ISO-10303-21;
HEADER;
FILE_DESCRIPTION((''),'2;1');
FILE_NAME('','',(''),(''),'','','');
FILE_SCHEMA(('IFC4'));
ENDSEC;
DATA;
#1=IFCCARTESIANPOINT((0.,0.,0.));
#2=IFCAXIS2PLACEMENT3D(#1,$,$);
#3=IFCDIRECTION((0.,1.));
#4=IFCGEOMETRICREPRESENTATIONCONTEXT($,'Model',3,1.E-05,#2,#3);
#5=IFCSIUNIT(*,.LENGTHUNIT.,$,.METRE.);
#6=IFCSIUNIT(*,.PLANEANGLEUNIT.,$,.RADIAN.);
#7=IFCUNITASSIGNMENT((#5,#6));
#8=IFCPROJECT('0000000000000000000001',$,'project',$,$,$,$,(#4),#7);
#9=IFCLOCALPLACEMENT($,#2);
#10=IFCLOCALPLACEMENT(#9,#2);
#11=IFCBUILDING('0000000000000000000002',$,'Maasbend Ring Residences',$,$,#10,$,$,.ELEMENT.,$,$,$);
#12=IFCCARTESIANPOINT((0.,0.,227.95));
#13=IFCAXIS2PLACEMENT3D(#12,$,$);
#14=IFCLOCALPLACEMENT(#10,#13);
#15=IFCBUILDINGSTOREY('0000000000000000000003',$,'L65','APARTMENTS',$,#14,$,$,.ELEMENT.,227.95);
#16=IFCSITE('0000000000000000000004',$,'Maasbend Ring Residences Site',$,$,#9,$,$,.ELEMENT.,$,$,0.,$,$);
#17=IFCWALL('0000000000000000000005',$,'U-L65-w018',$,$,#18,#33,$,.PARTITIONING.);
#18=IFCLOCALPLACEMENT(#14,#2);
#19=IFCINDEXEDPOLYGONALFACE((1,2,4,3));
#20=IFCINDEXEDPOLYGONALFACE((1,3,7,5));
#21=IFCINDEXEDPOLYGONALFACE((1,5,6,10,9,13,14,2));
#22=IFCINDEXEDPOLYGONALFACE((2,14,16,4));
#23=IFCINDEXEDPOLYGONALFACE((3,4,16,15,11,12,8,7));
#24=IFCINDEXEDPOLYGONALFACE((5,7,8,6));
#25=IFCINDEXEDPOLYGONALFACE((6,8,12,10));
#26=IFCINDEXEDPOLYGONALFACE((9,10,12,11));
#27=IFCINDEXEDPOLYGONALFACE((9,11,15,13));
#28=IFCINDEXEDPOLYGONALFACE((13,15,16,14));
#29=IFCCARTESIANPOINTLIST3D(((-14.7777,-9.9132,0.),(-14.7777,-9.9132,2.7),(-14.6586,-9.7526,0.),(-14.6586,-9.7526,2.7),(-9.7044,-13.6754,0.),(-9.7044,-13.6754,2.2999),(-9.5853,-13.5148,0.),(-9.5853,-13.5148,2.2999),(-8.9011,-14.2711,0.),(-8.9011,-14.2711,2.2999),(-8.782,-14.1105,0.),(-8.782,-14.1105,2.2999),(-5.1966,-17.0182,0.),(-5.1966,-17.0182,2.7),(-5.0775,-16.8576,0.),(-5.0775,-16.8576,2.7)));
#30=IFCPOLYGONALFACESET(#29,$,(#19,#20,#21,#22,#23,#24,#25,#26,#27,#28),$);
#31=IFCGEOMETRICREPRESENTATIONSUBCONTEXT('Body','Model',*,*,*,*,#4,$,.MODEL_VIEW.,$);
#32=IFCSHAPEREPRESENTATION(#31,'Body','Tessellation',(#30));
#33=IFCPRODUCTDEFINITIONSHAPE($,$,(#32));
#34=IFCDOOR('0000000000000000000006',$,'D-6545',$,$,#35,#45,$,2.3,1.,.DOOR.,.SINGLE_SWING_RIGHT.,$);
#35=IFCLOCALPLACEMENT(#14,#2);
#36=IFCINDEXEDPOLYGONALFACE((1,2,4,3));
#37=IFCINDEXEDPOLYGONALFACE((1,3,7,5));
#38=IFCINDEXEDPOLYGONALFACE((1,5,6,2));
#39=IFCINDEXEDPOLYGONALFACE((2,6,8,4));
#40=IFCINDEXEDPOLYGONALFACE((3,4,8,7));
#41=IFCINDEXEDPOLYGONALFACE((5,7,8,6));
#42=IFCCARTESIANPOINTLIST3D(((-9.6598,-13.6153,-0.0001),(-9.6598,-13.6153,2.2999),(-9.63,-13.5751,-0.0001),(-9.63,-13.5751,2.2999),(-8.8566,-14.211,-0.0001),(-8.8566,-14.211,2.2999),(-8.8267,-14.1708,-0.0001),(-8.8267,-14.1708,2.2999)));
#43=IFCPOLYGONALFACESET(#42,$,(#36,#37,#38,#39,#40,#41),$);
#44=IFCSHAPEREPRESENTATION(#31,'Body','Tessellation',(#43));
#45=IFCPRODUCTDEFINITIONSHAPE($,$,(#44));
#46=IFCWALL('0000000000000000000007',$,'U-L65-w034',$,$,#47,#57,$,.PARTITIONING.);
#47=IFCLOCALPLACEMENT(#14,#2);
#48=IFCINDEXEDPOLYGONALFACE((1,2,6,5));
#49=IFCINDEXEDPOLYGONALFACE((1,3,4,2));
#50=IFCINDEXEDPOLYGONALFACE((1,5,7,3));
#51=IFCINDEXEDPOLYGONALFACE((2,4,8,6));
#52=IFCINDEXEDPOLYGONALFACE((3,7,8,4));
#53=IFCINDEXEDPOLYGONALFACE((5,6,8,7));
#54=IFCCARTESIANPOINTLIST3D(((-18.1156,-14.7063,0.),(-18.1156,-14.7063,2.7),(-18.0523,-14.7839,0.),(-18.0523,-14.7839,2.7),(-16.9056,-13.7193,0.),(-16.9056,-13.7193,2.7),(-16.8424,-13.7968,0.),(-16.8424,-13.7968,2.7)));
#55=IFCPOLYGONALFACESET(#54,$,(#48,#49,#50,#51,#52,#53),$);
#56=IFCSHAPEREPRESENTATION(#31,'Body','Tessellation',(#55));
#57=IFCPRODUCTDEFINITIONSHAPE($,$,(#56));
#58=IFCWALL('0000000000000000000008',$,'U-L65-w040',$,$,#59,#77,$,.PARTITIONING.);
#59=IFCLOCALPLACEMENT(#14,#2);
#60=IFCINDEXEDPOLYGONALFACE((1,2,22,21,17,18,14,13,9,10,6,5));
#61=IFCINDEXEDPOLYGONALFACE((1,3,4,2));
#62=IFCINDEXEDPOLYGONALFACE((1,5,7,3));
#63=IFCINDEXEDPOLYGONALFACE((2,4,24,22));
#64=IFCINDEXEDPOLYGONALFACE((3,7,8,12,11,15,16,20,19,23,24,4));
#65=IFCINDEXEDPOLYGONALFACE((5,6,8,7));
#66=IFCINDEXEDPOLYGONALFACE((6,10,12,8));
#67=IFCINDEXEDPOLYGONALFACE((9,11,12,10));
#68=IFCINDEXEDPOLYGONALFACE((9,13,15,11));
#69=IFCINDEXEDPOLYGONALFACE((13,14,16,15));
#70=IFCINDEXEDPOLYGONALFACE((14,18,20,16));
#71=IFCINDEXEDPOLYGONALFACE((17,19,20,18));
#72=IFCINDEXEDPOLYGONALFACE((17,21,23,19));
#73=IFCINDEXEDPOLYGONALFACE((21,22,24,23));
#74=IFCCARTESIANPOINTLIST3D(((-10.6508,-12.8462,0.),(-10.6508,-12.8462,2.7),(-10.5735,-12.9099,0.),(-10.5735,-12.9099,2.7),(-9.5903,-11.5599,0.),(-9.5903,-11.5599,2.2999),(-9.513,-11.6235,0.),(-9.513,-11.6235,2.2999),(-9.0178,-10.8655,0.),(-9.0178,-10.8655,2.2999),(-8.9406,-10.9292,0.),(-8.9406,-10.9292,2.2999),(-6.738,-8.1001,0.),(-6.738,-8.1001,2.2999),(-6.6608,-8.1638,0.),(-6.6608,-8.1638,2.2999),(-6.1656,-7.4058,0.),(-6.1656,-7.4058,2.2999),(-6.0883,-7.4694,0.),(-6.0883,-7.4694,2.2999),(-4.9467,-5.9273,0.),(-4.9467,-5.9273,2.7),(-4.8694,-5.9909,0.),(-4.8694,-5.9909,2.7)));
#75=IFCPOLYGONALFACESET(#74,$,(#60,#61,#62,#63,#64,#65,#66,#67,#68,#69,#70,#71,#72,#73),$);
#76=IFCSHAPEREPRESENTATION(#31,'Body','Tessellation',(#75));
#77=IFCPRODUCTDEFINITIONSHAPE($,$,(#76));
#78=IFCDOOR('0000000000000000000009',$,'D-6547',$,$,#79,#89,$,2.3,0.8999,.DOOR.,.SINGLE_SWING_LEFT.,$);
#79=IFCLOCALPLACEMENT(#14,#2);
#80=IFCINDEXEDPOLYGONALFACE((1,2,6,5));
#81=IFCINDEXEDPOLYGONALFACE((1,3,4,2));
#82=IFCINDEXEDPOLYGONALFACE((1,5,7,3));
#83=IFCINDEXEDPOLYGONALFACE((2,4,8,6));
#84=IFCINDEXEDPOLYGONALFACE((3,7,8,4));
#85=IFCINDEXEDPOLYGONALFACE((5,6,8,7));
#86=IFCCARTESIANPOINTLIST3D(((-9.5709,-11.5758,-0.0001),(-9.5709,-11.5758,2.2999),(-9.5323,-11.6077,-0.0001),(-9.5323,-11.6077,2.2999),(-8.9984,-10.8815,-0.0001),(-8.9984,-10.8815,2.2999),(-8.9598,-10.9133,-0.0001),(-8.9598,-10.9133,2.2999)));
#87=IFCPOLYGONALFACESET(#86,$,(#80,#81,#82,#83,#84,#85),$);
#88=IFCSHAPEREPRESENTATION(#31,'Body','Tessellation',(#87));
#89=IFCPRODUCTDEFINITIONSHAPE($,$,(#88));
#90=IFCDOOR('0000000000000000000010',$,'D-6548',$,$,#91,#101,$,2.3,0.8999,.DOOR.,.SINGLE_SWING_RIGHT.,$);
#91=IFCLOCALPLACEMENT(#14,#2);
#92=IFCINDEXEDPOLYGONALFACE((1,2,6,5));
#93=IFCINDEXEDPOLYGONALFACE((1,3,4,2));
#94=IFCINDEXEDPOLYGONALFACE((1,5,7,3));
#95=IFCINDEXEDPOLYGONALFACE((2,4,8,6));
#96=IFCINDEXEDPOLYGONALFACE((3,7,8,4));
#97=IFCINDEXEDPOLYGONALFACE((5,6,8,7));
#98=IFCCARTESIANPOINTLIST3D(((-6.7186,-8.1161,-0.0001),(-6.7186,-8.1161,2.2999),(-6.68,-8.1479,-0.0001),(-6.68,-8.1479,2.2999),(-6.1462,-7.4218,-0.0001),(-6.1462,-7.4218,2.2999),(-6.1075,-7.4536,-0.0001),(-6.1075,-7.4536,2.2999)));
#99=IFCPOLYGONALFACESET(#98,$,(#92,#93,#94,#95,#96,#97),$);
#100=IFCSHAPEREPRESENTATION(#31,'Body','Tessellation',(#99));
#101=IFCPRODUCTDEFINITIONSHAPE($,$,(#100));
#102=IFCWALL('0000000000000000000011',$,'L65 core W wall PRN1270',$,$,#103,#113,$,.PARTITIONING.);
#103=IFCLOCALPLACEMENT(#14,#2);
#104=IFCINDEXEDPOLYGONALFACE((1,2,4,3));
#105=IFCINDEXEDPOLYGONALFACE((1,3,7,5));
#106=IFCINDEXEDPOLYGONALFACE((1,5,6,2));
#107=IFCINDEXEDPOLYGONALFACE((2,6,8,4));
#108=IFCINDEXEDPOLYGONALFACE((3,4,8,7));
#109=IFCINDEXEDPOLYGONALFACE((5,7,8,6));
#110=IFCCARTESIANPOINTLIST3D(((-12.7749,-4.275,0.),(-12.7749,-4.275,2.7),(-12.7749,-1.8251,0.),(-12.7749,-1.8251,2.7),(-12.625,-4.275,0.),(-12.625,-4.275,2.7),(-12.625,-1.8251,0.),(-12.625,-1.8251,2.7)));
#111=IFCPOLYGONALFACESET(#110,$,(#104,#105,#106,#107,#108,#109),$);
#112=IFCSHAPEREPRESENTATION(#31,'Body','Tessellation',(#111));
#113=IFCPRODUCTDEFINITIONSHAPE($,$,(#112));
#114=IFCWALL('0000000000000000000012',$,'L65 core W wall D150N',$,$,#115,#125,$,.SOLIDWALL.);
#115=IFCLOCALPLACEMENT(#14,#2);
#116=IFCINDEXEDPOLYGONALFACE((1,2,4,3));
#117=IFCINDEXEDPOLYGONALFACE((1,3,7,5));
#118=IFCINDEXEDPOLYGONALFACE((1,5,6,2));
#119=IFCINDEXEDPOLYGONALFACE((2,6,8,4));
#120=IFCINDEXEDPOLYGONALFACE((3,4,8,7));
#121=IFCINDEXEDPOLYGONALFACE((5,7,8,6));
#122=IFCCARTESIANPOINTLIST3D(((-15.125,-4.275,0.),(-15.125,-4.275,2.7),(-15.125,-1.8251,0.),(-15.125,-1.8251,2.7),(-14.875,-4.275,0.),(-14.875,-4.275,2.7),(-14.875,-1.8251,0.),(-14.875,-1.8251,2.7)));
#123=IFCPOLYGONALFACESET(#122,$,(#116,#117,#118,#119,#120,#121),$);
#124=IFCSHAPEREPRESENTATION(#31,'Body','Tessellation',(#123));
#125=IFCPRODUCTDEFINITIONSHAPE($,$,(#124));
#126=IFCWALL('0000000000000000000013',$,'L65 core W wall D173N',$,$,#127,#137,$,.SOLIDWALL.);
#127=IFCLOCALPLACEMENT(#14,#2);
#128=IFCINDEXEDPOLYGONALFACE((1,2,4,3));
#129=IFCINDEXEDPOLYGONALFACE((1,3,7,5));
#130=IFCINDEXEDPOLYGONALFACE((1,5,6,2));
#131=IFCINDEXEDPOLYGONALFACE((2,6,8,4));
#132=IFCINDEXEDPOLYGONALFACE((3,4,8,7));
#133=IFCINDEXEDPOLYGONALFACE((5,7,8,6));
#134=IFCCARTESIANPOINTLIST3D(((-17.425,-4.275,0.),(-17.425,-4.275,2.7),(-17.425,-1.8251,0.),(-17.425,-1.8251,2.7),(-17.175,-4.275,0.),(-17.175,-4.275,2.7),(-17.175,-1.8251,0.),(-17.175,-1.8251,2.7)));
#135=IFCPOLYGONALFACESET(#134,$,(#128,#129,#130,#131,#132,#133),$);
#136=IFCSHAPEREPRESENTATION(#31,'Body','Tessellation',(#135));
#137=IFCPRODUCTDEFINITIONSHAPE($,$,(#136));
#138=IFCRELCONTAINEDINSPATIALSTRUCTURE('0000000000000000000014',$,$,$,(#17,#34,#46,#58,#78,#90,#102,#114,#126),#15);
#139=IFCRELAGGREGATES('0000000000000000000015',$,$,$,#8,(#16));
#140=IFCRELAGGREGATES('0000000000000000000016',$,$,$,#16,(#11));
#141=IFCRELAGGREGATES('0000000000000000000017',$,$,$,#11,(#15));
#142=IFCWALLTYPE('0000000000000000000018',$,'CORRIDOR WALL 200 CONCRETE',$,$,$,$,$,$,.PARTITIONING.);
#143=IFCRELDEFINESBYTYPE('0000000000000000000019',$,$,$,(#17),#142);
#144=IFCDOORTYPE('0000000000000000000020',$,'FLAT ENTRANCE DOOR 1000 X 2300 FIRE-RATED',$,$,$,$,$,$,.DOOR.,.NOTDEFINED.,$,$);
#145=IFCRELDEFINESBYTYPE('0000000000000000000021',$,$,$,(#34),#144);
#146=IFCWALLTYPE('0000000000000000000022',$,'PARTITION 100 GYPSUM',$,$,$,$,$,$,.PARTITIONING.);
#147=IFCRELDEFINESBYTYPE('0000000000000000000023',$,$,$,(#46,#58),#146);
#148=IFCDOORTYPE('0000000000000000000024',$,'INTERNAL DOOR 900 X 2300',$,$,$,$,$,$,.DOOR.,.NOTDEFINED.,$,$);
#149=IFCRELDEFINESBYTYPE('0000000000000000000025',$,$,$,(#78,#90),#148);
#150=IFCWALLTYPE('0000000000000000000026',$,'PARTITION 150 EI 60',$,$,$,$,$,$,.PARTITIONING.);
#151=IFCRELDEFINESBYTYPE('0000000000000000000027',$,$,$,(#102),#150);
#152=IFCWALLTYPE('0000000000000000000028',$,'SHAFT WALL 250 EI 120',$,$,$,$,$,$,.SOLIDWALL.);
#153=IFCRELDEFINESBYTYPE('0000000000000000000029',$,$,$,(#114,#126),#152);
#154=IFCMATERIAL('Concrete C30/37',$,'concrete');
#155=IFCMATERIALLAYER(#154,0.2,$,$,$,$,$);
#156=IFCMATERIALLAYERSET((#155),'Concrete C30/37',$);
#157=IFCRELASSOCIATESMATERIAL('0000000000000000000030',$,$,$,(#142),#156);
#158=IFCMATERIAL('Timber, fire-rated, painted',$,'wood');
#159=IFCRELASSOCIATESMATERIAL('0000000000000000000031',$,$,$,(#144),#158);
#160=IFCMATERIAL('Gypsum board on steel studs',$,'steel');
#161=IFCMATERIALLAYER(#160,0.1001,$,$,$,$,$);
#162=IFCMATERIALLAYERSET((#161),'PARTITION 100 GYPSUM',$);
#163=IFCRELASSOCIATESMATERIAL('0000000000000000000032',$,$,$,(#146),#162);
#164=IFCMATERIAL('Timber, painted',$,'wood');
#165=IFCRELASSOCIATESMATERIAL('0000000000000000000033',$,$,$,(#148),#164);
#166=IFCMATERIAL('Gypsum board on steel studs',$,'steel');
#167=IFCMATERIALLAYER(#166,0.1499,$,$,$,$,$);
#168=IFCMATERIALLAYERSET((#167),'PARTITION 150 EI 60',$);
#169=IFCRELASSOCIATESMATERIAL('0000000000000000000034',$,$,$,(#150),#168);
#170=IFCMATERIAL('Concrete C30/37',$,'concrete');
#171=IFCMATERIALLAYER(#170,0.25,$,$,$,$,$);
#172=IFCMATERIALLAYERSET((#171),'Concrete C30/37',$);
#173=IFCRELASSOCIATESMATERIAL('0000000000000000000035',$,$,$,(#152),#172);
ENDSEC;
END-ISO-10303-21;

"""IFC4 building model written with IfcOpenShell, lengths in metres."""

from ifc_helpers import new_model, si_unit, direction, frame, frame_2d, origin, place, context, subcontext, project, spatial, rectangle, extrude, material, layer, layer_set, type_object, element, fill, save


model = new_model("IFC4")

# Units and contexts
model_context = context("Model", 3, precision=1e-05, world=origin(), true_north=direction((0.0, 1.0)))
body_context = subcontext(model_context, "Body", "Model", "MODEL_VIEW")
ifc_project = project(units=[si_unit("LENGTHUNIT", "METRE"), si_unit("PLANEANGLEUNIT", "RADIAN")], contexts=[model_context])

# Site, building, storey
site_placement = place(None, origin())
site = spatial("IfcSite", under=ifc_project, at=site_placement, Name="Maasbend Ring Residences Site", CompositionType="ELEMENT", RefElevation=0.0)
building_placement = place(site_placement, origin())
building = spatial("IfcBuilding", under=site, at=building_placement, Name="Maasbend Ring Residences", CompositionType="ELEMENT")
storey_placement = place(building_placement, frame((0.0, 0.0, 227.95)))
storey = spatial("IfcBuildingStorey", under=building, at=storey_placement, Name="L65", Description="APARTMENTS", CompositionType="ELEMENT", Elevation=227.95)

# Wall, opening, door
ifc_material_1 = material(Name="Concrete C30/37", Category="concrete")
ifc_layer_1 = layer(ifc_material_1, 0.2)
ifc_layer_set_1 = layer_set([ifc_layer_1], Name="Concrete C30/37")
wall_type_1 = type_object("IfcWallType", Name="CORRIDOR WALL 200 CONCRETE", PredefinedType="PARTITIONING", material=ifc_layer_set_1)
ifc_material_2 = material(Name="Timber, fire-rated, painted", Category="wood")
door_type_1 = type_object("IfcDoorType", Name="FLAT ENTRANCE DOOR 1000 X 2300 FIRE-RATED", OperationType="NOTDEFINED", PredefinedType="DOOR", material=ifc_material_2)
wall_1_placement = place(storey_placement, frame((-14.718, -9.833, 0.0), z_axis=(0.0, 0.0, 1.0), x_axis=(0.80324, -0.595655, 0.0)))
wall_1 = element("IfcWall", 1, at=wall_1_placement, inside=storey, type_object=wall_type_1, Name="U-L65-w018", PredefinedType="PARTITIONING", context=body_context, shape_type="SweptSolid", body=[
    extrude(rectangle(XDim=11.928, YDim=0.2, at=frame_2d((5.9639, 0.0))), origin(), (0.0, 0.0, 1.0), 2.7),
])
opening_1_placement = place(wall_1_placement, frame((6.3159, 0.0, 0.0)))
opening_1 = element("IfcOpeningElement", 2, at=opening_1_placement, cuts=wall_1, PredefinedType="OPENING", context=body_context, shape_type="SweptSolid", body=[
    extrude(rectangle(XDim=1.0, YDim=2.3, at=frame_2d((0.5, 1.1499))), frame((0.0, 0.1099, 0.0), z_axis=(0.0, -1.0, 0.0), x_axis=(1.0, 0.0, 0.0)), (0.0, 0.0, 1.0), 0.22),
])
door_1_placement = place(opening_1_placement, origin())
door_1 = element("IfcDoor", 3, at=door_1_placement, inside=storey, type_object=door_type_1, Name="D-6545", OperationType="SINGLE_SWING_RIGHT", OverallHeight=2.3, OverallWidth=1.0, PredefinedType="DOOR", context=body_context, shape_type="SweptSolid", body=[
    extrude(rectangle(XDim=1.0, YDim=2.3, at=frame_2d((0.5, 1.1499))), frame((0.0, 0.0249, 0.0), z_axis=(0.0, -1.0, 0.0), x_axis=(1.0, 0.0, 0.0)), (0.0, 0.0, 1.0), 0.05),
])
fill(opening_1, door_1)

# Wall
ifc_material_3 = material(Name="Gypsum board on steel studs", Category="steel")
ifc_layer_2 = layer(ifc_material_3, 0.1001)
ifc_layer_set_2 = layer_set([ifc_layer_2], Name="PARTITION 100 GYPSUM")
wall_type_2 = type_object("IfcWallType", Name="PARTITION 100 GYPSUM", PredefinedType="PARTITIONING", material=ifc_layer_set_2)
wall_2_placement = place(storey_placement, frame((-18.084, -14.7451, 0.0), z_axis=(0.0, 0.0, 1.0), x_axis=(0.774869, 0.632122, 0.0)))
element("IfcWall", 4, at=wall_2_placement, inside=storey, type_object=wall_type_2, Name="U-L65-w034", PredefinedType="PARTITIONING", context=body_context, shape_type="SweptSolid", body=[
    extrude(rectangle(XDim=1.5615, YDim=0.1001, at=frame_2d((0.7808, 0.0))), origin(), (0.0, 0.0, 1.0), 2.7),
])

# Wall, openings, doors
wall_3_placement = place(storey_placement, frame((-10.6121, -12.8779, 0.0), z_axis=(0.0, 0.0, 1.0), x_axis=(0.636116, 0.771594, 0.0)))
wall_3 = element("IfcWall", 5, at=wall_3_placement, inside=storey, type_object=wall_type_2, Name="U-L65-w040", PredefinedType="PARTITIONING", context=body_context, shape_type="SweptSolid", body=[
    extrude(rectangle(XDim=8.967, YDim=0.1001, at=frame_2d((4.4834, 0.0))), origin(), (0.0, 0.0, 1.0), 2.7),
])
opening_2_placement = place(wall_3_placement, frame((1.667, 0.0, 0.0)))
opening_2 = element("IfcOpeningElement", 6, at=opening_2_placement, cuts=wall_3, PredefinedType="OPENING", context=body_context, shape_type="SweptSolid", body=[
    extrude(rectangle(XDim=0.8999, YDim=2.3, at=frame_2d((0.45, 1.1499))), frame((0.0, 0.0601, 0.0), z_axis=(0.0, -1.0, 0.0), x_axis=(1.0, 0.0, 0.0)), (0.0, 0.0, 1.0), 0.1201),
])
opening_3_placement = place(wall_3_placement, frame((6.1509, 0.0, 0.0)))
opening_3 = element("IfcOpeningElement", 7, at=opening_3_placement, cuts=wall_3, PredefinedType="OPENING", context=body_context, shape_type="SweptSolid", body=[
    extrude(rectangle(XDim=0.8999, YDim=2.3, at=frame_2d((0.45, 1.1499))), frame((0.0, 0.0601, 0.0), z_axis=(0.0, -1.0, 0.0), x_axis=(1.0, 0.0, 0.0)), (0.0, 0.0, 1.0), 0.1201),
])
ifc_material_4 = material(Name="Timber, painted", Category="wood")
door_type_2 = type_object("IfcDoorType", Name="INTERNAL DOOR 900 X 2300", OperationType="NOTDEFINED", PredefinedType="DOOR", material=ifc_material_4)
door_2_placement = place(opening_2_placement, origin())
door_2 = element("IfcDoor", 8, at=door_2_placement, inside=storey, type_object=door_type_2, Name="D-6547", OperationType="SINGLE_SWING_LEFT", OverallHeight=2.3, OverallWidth=0.8999, PredefinedType="DOOR", context=body_context, shape_type="SweptSolid", body=[
    extrude(rectangle(XDim=0.8999, YDim=2.3, at=frame_2d((0.45, 1.1499))), frame((0.0, 0.0249, 0.0), z_axis=(0.0, -1.0, 0.0), x_axis=(1.0, 0.0, 0.0)), (0.0, 0.0, 1.0), 0.05),
])
fill(opening_2, door_2)
door_3_placement = place(opening_3_placement, origin())
door_3 = element("IfcDoor", 9, at=door_3_placement, inside=storey, type_object=door_type_2, Name="D-6548", OperationType="SINGLE_SWING_RIGHT", OverallHeight=2.3, OverallWidth=0.8999, PredefinedType="DOOR", context=body_context, shape_type="SweptSolid", body=[
    extrude(rectangle(XDim=0.8999, YDim=2.3, at=frame_2d((0.45, 1.1499))), frame((0.0, 0.0249, 0.0), z_axis=(0.0, -1.0, 0.0), x_axis=(1.0, 0.0, 0.0)), (0.0, 0.0, 1.0), 0.05),
])
fill(opening_3, door_3)

# Walls
ifc_material_5 = material(Name="Gypsum board on steel studs", Category="steel")
ifc_layer_3 = layer(ifc_material_5, 0.1499)
ifc_layer_set_3 = layer_set([ifc_layer_3], Name="PARTITION 150 EI 60")
wall_type_3 = type_object("IfcWallType", Name="PARTITION 150 EI 60", PredefinedType="PARTITIONING", material=ifc_layer_set_3)
wall_4_placement = place(storey_placement, frame((-12.7, -1.825, 0.0), z_axis=(0.0, 0.0, 1.0), x_axis=(0.0, -1.0, 0.0)))
element("IfcWall", 10, at=wall_4_placement, inside=storey, type_object=wall_type_3, Name="L65 core W wall PRN1270", PredefinedType="PARTITIONING", context=body_context, shape_type="SweptSolid", body=[
    extrude(rectangle(XDim=2.45, YDim=0.1499, at=frame_2d((1.2251, 0.0))), origin(), (0.0, 0.0, 1.0), 2.7),
])
ifc_material_6 = material(Name="Concrete C30/37", Category="concrete")
ifc_layer_4 = layer(ifc_material_6, 0.25)
ifc_layer_set_4 = layer_set([ifc_layer_4], Name="Concrete C30/37")
wall_type_4 = type_object("IfcWallType", Name="SHAFT WALL 250 EI 120", PredefinedType="SOLIDWALL", material=ifc_layer_set_4)
for number, where, z_axis, x_axis, name in (
    (11, (-15.0, -1.825, 0.0), (0.0, 0.0, 1.0), (0.0, -1.0, 0.0), "L65 core W wall D150N"),
    (12, (-17.3, -1.825, 0.0), (0.0, 0.0, 1.0), (0.0, -1.0, 0.0), "L65 core W wall D173N"),
):
    element("IfcWall", number, at=place(storey_placement, frame(where, z_axis=z_axis, x_axis=x_axis)), inside=storey, type_object=wall_type_4, Name=name, PredefinedType="SOLIDWALL", context=body_context, shape_type="SweptSolid", body=[
        extrude(rectangle(XDim=2.45, YDim=0.25, at=frame_2d((1.2251, 0.0))), origin(), (0.0, 0.0, 1.0), 2.7),
    ])

save(model, "model.ifc")
